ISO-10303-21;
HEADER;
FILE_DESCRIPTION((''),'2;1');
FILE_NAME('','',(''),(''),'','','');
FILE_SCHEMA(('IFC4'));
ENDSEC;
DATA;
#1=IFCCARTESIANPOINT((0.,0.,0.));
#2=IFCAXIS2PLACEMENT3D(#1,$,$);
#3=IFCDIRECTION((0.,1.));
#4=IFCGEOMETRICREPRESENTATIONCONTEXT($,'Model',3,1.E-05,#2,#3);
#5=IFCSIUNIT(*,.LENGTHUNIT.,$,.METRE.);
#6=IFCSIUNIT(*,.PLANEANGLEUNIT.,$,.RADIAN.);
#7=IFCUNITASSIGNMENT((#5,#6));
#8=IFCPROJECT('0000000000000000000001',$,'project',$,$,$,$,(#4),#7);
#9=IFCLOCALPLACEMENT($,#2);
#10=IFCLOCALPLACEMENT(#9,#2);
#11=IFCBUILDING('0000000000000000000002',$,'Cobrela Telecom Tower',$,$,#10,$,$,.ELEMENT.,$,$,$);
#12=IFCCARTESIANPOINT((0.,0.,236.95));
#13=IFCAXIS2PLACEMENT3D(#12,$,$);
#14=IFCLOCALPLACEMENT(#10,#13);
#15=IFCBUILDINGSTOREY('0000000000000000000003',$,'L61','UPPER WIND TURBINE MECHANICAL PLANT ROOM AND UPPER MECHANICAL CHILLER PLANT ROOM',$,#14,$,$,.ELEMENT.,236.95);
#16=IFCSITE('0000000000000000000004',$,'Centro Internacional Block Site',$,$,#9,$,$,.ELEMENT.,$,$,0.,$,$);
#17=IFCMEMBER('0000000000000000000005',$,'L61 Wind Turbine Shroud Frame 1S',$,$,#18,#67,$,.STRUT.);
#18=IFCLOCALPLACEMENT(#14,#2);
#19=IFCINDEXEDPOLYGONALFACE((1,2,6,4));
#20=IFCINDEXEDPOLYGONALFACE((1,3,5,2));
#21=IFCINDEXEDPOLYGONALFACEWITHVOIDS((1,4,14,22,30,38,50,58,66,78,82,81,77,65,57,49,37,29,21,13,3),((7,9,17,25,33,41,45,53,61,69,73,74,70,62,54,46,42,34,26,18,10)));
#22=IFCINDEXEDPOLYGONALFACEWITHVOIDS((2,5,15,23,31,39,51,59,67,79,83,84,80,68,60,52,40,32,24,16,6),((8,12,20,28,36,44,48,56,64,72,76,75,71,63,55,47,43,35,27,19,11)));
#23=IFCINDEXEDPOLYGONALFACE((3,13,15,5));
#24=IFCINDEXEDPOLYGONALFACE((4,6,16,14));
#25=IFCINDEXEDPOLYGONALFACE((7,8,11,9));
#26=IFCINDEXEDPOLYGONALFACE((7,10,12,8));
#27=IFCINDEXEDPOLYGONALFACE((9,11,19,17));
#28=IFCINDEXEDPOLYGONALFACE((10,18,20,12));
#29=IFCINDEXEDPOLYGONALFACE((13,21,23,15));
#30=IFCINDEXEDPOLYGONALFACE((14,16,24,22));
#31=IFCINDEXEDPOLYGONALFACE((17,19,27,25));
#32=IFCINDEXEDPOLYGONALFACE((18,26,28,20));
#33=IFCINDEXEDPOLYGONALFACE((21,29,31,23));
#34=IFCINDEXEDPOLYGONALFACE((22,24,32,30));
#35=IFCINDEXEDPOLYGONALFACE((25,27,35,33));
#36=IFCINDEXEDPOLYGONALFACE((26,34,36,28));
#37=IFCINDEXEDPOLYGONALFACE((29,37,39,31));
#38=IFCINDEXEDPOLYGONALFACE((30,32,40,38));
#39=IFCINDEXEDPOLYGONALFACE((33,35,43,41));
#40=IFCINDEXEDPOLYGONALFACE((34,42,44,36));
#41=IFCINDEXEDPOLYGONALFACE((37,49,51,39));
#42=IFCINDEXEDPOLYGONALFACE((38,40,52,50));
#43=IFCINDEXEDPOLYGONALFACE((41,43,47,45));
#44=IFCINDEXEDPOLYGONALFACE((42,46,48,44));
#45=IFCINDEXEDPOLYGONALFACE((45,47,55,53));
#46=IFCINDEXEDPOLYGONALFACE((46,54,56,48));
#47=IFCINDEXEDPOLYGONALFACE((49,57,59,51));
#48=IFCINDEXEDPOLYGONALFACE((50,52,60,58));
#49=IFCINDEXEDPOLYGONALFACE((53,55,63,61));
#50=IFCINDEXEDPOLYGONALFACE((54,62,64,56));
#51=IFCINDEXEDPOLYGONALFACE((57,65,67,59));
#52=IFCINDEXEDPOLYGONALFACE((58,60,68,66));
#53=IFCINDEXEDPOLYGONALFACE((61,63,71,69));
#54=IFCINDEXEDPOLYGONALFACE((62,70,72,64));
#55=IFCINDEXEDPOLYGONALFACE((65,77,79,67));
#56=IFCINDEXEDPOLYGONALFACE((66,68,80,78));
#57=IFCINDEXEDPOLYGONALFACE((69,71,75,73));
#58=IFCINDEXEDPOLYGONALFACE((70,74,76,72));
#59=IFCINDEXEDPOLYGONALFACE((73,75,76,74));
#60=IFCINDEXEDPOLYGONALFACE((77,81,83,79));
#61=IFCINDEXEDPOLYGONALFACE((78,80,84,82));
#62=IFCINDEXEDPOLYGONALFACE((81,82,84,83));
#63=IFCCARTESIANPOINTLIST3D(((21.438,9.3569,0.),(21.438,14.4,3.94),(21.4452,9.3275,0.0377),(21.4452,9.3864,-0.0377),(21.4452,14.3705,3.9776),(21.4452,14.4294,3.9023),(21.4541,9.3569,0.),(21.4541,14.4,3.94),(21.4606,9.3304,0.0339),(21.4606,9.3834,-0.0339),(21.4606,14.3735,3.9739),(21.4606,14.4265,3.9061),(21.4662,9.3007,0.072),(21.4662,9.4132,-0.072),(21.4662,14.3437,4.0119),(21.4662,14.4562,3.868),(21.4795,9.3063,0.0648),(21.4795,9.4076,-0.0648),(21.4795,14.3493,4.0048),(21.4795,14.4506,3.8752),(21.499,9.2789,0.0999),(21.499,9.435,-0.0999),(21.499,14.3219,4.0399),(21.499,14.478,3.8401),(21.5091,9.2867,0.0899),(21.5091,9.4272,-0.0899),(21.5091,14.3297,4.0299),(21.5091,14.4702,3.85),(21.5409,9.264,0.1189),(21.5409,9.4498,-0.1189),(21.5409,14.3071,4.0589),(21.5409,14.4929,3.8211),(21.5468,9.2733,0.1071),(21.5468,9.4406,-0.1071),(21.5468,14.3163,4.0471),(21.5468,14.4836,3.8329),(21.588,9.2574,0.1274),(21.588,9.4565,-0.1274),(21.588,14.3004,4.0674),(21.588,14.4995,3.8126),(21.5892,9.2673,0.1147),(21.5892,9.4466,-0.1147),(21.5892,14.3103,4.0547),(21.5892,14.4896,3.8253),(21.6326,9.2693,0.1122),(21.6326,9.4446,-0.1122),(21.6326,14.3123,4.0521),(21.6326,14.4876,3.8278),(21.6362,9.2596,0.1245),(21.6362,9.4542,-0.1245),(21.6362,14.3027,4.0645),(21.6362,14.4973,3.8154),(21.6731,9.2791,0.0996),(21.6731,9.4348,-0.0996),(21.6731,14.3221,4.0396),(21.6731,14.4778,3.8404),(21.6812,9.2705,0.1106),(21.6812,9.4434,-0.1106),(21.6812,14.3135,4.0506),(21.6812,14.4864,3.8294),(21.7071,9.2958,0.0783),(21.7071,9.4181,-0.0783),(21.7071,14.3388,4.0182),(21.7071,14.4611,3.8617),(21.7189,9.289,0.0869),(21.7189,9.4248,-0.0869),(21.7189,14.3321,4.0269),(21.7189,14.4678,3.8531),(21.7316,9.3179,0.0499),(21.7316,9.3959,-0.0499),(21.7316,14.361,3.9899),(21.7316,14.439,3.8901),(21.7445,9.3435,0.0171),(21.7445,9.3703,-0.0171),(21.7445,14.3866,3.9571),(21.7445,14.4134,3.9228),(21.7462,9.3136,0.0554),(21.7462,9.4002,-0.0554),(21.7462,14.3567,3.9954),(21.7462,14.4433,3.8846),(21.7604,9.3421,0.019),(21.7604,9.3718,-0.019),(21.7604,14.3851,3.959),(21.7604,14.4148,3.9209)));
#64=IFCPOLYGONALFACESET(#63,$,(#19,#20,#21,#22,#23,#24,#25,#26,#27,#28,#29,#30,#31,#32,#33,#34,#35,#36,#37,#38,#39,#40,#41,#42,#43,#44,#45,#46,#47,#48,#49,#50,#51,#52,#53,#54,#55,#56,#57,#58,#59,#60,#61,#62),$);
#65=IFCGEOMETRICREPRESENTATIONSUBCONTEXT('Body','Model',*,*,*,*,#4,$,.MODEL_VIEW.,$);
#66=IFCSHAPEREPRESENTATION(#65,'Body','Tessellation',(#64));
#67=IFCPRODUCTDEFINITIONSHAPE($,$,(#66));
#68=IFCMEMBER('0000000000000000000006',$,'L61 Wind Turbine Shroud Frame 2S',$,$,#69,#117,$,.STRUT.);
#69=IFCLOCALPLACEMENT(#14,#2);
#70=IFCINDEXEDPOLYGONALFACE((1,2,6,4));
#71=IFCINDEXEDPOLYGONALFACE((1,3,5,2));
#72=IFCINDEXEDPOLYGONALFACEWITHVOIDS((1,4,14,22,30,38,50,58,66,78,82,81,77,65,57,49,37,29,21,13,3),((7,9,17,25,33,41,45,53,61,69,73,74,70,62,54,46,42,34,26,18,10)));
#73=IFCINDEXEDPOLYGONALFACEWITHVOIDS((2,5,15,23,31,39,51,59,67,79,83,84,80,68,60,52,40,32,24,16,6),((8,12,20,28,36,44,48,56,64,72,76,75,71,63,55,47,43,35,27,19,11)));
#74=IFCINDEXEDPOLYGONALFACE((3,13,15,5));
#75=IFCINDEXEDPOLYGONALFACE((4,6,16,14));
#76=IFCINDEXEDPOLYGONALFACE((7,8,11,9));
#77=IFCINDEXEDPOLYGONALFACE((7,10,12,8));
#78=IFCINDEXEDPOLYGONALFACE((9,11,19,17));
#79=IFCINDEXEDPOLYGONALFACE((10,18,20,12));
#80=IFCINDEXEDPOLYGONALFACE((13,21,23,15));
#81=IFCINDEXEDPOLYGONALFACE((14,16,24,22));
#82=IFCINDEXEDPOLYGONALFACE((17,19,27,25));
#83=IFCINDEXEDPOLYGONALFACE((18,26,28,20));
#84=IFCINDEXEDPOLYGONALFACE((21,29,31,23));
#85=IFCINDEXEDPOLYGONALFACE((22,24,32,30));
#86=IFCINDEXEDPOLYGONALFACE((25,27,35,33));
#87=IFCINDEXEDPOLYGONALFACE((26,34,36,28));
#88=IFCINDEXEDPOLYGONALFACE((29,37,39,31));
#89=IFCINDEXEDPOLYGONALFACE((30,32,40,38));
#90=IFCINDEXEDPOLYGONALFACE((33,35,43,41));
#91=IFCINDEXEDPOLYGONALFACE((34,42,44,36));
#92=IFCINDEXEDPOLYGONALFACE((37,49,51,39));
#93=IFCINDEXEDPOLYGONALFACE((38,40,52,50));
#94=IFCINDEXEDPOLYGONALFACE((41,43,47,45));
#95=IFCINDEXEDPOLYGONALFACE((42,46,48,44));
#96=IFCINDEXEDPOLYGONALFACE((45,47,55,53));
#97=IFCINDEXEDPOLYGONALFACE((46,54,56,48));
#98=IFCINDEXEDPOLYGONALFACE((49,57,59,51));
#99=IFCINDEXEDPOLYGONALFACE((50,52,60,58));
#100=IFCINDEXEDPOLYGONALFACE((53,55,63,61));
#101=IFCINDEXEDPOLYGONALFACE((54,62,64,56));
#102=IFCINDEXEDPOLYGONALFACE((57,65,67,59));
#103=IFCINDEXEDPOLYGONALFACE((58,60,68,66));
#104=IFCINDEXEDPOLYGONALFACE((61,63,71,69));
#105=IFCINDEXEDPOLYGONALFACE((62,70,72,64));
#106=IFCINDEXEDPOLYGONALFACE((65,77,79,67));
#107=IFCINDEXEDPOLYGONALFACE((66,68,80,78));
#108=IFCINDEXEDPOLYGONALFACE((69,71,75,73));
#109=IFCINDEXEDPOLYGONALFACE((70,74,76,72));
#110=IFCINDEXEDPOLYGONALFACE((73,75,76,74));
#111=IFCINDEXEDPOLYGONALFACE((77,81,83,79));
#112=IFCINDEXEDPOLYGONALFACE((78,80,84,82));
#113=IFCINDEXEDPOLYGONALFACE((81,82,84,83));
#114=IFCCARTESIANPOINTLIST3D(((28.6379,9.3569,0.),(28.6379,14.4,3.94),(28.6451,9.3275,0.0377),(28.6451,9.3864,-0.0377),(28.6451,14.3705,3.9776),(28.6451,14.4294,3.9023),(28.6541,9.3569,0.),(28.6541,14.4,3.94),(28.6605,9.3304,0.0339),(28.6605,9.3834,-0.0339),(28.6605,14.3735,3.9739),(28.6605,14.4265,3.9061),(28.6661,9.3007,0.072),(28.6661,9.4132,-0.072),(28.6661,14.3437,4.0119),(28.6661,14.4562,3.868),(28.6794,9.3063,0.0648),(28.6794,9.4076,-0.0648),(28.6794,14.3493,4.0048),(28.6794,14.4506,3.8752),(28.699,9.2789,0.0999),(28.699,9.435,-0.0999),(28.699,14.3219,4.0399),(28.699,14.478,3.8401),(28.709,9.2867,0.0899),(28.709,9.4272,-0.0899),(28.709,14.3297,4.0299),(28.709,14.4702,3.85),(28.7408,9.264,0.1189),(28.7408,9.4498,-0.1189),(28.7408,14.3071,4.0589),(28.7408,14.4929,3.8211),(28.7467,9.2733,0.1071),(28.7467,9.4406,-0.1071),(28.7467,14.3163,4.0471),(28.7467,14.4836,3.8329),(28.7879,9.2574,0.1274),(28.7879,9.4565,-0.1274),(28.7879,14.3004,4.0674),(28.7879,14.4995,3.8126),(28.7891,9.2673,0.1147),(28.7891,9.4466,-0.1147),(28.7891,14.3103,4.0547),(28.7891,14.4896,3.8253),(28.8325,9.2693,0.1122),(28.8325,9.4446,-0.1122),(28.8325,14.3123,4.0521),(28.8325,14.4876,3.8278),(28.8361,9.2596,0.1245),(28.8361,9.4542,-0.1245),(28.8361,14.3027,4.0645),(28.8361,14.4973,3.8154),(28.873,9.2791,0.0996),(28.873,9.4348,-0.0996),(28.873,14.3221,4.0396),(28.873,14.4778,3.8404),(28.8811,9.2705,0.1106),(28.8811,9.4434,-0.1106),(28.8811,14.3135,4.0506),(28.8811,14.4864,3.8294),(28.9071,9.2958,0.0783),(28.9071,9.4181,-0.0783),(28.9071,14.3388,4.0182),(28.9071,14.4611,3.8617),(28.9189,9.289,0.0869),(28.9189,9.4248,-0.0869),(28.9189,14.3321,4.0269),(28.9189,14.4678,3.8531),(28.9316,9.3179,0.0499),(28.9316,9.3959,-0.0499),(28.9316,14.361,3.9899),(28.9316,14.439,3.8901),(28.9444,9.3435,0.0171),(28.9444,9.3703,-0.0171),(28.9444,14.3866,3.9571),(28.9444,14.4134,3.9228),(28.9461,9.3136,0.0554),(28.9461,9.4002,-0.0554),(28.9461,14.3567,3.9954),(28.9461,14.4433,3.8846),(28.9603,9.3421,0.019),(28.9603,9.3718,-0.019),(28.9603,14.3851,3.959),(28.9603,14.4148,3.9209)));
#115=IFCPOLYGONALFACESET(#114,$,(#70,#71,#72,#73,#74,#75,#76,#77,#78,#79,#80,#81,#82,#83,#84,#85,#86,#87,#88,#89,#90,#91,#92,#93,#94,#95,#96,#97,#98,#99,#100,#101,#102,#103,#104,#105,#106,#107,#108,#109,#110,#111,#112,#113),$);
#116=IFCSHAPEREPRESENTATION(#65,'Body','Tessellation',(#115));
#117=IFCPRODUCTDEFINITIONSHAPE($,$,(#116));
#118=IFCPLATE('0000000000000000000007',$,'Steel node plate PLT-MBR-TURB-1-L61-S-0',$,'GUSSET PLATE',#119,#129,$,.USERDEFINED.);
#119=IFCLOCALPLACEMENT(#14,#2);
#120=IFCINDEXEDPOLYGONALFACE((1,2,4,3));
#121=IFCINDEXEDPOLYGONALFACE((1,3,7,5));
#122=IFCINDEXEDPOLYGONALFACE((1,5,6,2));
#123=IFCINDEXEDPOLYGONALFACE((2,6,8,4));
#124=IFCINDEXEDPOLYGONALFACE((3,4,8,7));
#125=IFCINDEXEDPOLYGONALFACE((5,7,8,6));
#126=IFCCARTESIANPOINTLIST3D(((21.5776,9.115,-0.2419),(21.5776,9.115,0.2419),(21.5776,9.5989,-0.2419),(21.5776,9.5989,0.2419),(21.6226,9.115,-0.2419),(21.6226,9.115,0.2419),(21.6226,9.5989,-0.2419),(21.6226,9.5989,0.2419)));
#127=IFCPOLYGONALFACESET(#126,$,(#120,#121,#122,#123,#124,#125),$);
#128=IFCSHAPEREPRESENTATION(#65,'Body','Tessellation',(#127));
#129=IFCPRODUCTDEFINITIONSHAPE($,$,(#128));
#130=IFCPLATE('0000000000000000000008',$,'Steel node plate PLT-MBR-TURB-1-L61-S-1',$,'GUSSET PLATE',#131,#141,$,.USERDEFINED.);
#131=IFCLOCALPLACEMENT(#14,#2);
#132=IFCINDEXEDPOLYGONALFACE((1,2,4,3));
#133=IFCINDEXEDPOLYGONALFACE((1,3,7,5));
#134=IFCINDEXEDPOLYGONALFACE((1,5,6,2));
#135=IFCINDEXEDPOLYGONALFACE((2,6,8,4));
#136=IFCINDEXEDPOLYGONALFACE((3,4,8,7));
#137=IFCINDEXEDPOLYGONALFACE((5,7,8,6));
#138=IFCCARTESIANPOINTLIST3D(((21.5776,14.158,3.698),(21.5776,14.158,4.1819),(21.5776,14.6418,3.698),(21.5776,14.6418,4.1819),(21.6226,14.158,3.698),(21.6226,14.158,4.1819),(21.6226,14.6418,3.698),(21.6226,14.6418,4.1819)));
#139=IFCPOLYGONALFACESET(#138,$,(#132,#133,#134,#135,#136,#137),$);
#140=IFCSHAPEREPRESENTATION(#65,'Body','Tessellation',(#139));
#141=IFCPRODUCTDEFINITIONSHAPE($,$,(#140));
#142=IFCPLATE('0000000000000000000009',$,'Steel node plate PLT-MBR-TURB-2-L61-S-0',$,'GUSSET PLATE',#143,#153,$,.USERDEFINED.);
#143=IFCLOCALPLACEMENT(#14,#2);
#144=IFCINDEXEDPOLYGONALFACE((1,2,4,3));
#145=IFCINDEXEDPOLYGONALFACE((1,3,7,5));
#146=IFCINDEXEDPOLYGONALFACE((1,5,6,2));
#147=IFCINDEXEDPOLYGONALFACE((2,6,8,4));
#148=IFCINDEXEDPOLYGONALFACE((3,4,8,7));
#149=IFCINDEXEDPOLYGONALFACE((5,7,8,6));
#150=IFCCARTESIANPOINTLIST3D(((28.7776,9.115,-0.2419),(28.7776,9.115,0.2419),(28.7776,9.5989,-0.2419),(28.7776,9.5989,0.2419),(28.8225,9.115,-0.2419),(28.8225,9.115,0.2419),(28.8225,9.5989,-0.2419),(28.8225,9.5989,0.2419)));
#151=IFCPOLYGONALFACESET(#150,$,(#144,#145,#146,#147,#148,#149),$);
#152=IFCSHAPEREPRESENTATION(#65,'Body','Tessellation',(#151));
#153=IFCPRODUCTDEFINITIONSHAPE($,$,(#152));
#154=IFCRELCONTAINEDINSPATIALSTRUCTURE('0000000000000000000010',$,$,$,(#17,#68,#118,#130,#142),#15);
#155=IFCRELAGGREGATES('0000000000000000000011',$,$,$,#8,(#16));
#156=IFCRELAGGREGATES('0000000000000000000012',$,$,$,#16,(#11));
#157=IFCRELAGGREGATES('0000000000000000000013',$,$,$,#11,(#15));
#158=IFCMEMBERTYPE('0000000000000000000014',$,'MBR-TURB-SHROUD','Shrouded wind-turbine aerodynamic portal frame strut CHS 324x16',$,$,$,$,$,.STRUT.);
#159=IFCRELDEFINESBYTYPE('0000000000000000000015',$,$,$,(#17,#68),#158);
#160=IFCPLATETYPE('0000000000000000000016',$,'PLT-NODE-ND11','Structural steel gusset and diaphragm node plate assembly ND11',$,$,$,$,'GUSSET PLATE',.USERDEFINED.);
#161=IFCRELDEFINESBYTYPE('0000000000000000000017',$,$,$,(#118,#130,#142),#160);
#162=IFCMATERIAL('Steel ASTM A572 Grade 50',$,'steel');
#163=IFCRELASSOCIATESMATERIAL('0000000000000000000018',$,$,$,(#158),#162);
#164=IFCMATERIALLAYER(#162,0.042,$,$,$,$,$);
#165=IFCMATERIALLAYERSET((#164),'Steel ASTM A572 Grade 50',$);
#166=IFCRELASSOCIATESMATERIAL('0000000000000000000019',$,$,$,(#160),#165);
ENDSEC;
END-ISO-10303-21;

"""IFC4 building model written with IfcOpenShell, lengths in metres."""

from ifc_helpers import new_model, si_unit, direction, frame, origin, origin_2d, place, context, subcontext, project, spatial, rectangle, hollow_circle, extrude, material, layer, layer_set, material_profile, profile_set, type_object, element, save


model = new_model("IFC4")

# Units and contexts
model_context = context("Model", 3, precision=1e-05, world=origin(), true_north=direction((0.0, 1.0)))
body_context = subcontext(model_context, "Body", "Model", "MODEL_VIEW")
ifc_project = project(units=[si_unit("LENGTHUNIT", "METRE"), si_unit("PLANEANGLEUNIT", "RADIAN")], contexts=[model_context])

# Site, building, storey
site_placement = place(None, origin())
site = spatial("IfcSite", under=ifc_project, at=site_placement, Name="Centro Internacional Block Site", CompositionType="ELEMENT", RefElevation=0.0)
building_placement = place(site_placement, origin())
building = spatial("IfcBuilding", under=site, at=building_placement, Name="Cobrela Telecom Tower", CompositionType="ELEMENT")
storey_placement = place(building_placement, frame((0.0, 0.0, 236.95)))
storey = spatial("IfcBuildingStorey", under=building, at=storey_placement, Name="L61", Description="UPPER WIND TURBINE MECHANICAL PLANT ROOM AND UPPER MECHANICAL CHILLER PLANT ROOM", CompositionType="ELEMENT", Elevation=236.95)

# Shared definitions
ifc_material_1 = material(Name="Steel ASTM A572 Grade 50", Category="steel")

# Members
ifc_material_profile_1 = material_profile(ifc_material_1, hollow_circle(Radius=0.1621, WallThickness=0.0161, at=origin_2d()), Name="CHS 324x16")
ifc_profile_set_1 = profile_set([ifc_material_profile_1], Name="Steel ASTM A572 Grade 50")
member_type = type_object("IfcMemberType", Name="MBR-TURB-SHROUD", Description="Shrouded wind-turbine aerodynamic portal frame strut CHS 324x16", PredefinedType="STRUT", material=ifc_profile_set_1)
for number, where, z_axis, x_axis, name in (
    (1, (21.6001, 9.3569, 0.0), (0.0, 0.788015, 0.615656), (-1.0, 0.0, 0.0), "L61 Wind Turbine Shroud Frame 1S"),
    (2, (28.8, 9.3569, 0.0), (0.0, 0.788015, 0.615656), (-1.0, 0.0, 0.0), "L61 Wind Turbine Shroud Frame 2S"),
):
    element("IfcMember", number, at=place(storey_placement, frame(where, z_axis=z_axis, x_axis=x_axis)), inside=storey, type_object=member_type, Name=name, PredefinedType="STRUT", context=body_context, shape_type="SweptSolid", body=[
        extrude(hollow_circle(Radius=0.1621, WallThickness=0.0161, at=origin_2d()), origin(), (0.0, 0.0, 1.0), 6.3997),
    ])

# Plates
ifc_layer_1 = layer(ifc_material_1, 0.042)
ifc_layer_set_1 = layer_set([ifc_layer_1], Name="Steel ASTM A572 Grade 50")
plate_type = type_object("IfcPlateType", Name="PLT-NODE-ND11", Description="Structural steel gusset and diaphragm node plate assembly ND11", ElementType="GUSSET PLATE", PredefinedType="USERDEFINED", material=ifc_layer_set_1)
for number, where, z_axis, x_axis, name in (
    (3, (21.6001, 9.3569, -0.2419), (0.0, 0.0, 1.0), (0.0, 1.0, 0.0), "Steel node plate PLT-MBR-TURB-1-L61-S-0"),
    (4, (21.6001, 14.3999, 3.698), (0.0, 0.0, 1.0), (0.0, 1.0, 0.0), "Steel node plate PLT-MBR-TURB-1-L61-S-1"),
    (5, (28.8, 9.3569, -0.2419), (0.0, 0.0, 1.0), (0.0, 1.0, 0.0), "Steel node plate PLT-MBR-TURB-2-L61-S-0"),
):
    element("IfcPlate", number, at=place(storey_placement, frame(where, z_axis=z_axis, x_axis=x_axis)), inside=storey, type_object=plate_type, Name=name, ObjectType="GUSSET PLATE", PredefinedType="USERDEFINED", context=body_context, shape_type="SweptSolid", body=[
        extrude(rectangle(XDim=0.4839, YDim=0.0449, at=origin_2d()), origin(), (0.0, 0.0, 1.0), 0.4839),
    ])

save(model, "model.ifc")
